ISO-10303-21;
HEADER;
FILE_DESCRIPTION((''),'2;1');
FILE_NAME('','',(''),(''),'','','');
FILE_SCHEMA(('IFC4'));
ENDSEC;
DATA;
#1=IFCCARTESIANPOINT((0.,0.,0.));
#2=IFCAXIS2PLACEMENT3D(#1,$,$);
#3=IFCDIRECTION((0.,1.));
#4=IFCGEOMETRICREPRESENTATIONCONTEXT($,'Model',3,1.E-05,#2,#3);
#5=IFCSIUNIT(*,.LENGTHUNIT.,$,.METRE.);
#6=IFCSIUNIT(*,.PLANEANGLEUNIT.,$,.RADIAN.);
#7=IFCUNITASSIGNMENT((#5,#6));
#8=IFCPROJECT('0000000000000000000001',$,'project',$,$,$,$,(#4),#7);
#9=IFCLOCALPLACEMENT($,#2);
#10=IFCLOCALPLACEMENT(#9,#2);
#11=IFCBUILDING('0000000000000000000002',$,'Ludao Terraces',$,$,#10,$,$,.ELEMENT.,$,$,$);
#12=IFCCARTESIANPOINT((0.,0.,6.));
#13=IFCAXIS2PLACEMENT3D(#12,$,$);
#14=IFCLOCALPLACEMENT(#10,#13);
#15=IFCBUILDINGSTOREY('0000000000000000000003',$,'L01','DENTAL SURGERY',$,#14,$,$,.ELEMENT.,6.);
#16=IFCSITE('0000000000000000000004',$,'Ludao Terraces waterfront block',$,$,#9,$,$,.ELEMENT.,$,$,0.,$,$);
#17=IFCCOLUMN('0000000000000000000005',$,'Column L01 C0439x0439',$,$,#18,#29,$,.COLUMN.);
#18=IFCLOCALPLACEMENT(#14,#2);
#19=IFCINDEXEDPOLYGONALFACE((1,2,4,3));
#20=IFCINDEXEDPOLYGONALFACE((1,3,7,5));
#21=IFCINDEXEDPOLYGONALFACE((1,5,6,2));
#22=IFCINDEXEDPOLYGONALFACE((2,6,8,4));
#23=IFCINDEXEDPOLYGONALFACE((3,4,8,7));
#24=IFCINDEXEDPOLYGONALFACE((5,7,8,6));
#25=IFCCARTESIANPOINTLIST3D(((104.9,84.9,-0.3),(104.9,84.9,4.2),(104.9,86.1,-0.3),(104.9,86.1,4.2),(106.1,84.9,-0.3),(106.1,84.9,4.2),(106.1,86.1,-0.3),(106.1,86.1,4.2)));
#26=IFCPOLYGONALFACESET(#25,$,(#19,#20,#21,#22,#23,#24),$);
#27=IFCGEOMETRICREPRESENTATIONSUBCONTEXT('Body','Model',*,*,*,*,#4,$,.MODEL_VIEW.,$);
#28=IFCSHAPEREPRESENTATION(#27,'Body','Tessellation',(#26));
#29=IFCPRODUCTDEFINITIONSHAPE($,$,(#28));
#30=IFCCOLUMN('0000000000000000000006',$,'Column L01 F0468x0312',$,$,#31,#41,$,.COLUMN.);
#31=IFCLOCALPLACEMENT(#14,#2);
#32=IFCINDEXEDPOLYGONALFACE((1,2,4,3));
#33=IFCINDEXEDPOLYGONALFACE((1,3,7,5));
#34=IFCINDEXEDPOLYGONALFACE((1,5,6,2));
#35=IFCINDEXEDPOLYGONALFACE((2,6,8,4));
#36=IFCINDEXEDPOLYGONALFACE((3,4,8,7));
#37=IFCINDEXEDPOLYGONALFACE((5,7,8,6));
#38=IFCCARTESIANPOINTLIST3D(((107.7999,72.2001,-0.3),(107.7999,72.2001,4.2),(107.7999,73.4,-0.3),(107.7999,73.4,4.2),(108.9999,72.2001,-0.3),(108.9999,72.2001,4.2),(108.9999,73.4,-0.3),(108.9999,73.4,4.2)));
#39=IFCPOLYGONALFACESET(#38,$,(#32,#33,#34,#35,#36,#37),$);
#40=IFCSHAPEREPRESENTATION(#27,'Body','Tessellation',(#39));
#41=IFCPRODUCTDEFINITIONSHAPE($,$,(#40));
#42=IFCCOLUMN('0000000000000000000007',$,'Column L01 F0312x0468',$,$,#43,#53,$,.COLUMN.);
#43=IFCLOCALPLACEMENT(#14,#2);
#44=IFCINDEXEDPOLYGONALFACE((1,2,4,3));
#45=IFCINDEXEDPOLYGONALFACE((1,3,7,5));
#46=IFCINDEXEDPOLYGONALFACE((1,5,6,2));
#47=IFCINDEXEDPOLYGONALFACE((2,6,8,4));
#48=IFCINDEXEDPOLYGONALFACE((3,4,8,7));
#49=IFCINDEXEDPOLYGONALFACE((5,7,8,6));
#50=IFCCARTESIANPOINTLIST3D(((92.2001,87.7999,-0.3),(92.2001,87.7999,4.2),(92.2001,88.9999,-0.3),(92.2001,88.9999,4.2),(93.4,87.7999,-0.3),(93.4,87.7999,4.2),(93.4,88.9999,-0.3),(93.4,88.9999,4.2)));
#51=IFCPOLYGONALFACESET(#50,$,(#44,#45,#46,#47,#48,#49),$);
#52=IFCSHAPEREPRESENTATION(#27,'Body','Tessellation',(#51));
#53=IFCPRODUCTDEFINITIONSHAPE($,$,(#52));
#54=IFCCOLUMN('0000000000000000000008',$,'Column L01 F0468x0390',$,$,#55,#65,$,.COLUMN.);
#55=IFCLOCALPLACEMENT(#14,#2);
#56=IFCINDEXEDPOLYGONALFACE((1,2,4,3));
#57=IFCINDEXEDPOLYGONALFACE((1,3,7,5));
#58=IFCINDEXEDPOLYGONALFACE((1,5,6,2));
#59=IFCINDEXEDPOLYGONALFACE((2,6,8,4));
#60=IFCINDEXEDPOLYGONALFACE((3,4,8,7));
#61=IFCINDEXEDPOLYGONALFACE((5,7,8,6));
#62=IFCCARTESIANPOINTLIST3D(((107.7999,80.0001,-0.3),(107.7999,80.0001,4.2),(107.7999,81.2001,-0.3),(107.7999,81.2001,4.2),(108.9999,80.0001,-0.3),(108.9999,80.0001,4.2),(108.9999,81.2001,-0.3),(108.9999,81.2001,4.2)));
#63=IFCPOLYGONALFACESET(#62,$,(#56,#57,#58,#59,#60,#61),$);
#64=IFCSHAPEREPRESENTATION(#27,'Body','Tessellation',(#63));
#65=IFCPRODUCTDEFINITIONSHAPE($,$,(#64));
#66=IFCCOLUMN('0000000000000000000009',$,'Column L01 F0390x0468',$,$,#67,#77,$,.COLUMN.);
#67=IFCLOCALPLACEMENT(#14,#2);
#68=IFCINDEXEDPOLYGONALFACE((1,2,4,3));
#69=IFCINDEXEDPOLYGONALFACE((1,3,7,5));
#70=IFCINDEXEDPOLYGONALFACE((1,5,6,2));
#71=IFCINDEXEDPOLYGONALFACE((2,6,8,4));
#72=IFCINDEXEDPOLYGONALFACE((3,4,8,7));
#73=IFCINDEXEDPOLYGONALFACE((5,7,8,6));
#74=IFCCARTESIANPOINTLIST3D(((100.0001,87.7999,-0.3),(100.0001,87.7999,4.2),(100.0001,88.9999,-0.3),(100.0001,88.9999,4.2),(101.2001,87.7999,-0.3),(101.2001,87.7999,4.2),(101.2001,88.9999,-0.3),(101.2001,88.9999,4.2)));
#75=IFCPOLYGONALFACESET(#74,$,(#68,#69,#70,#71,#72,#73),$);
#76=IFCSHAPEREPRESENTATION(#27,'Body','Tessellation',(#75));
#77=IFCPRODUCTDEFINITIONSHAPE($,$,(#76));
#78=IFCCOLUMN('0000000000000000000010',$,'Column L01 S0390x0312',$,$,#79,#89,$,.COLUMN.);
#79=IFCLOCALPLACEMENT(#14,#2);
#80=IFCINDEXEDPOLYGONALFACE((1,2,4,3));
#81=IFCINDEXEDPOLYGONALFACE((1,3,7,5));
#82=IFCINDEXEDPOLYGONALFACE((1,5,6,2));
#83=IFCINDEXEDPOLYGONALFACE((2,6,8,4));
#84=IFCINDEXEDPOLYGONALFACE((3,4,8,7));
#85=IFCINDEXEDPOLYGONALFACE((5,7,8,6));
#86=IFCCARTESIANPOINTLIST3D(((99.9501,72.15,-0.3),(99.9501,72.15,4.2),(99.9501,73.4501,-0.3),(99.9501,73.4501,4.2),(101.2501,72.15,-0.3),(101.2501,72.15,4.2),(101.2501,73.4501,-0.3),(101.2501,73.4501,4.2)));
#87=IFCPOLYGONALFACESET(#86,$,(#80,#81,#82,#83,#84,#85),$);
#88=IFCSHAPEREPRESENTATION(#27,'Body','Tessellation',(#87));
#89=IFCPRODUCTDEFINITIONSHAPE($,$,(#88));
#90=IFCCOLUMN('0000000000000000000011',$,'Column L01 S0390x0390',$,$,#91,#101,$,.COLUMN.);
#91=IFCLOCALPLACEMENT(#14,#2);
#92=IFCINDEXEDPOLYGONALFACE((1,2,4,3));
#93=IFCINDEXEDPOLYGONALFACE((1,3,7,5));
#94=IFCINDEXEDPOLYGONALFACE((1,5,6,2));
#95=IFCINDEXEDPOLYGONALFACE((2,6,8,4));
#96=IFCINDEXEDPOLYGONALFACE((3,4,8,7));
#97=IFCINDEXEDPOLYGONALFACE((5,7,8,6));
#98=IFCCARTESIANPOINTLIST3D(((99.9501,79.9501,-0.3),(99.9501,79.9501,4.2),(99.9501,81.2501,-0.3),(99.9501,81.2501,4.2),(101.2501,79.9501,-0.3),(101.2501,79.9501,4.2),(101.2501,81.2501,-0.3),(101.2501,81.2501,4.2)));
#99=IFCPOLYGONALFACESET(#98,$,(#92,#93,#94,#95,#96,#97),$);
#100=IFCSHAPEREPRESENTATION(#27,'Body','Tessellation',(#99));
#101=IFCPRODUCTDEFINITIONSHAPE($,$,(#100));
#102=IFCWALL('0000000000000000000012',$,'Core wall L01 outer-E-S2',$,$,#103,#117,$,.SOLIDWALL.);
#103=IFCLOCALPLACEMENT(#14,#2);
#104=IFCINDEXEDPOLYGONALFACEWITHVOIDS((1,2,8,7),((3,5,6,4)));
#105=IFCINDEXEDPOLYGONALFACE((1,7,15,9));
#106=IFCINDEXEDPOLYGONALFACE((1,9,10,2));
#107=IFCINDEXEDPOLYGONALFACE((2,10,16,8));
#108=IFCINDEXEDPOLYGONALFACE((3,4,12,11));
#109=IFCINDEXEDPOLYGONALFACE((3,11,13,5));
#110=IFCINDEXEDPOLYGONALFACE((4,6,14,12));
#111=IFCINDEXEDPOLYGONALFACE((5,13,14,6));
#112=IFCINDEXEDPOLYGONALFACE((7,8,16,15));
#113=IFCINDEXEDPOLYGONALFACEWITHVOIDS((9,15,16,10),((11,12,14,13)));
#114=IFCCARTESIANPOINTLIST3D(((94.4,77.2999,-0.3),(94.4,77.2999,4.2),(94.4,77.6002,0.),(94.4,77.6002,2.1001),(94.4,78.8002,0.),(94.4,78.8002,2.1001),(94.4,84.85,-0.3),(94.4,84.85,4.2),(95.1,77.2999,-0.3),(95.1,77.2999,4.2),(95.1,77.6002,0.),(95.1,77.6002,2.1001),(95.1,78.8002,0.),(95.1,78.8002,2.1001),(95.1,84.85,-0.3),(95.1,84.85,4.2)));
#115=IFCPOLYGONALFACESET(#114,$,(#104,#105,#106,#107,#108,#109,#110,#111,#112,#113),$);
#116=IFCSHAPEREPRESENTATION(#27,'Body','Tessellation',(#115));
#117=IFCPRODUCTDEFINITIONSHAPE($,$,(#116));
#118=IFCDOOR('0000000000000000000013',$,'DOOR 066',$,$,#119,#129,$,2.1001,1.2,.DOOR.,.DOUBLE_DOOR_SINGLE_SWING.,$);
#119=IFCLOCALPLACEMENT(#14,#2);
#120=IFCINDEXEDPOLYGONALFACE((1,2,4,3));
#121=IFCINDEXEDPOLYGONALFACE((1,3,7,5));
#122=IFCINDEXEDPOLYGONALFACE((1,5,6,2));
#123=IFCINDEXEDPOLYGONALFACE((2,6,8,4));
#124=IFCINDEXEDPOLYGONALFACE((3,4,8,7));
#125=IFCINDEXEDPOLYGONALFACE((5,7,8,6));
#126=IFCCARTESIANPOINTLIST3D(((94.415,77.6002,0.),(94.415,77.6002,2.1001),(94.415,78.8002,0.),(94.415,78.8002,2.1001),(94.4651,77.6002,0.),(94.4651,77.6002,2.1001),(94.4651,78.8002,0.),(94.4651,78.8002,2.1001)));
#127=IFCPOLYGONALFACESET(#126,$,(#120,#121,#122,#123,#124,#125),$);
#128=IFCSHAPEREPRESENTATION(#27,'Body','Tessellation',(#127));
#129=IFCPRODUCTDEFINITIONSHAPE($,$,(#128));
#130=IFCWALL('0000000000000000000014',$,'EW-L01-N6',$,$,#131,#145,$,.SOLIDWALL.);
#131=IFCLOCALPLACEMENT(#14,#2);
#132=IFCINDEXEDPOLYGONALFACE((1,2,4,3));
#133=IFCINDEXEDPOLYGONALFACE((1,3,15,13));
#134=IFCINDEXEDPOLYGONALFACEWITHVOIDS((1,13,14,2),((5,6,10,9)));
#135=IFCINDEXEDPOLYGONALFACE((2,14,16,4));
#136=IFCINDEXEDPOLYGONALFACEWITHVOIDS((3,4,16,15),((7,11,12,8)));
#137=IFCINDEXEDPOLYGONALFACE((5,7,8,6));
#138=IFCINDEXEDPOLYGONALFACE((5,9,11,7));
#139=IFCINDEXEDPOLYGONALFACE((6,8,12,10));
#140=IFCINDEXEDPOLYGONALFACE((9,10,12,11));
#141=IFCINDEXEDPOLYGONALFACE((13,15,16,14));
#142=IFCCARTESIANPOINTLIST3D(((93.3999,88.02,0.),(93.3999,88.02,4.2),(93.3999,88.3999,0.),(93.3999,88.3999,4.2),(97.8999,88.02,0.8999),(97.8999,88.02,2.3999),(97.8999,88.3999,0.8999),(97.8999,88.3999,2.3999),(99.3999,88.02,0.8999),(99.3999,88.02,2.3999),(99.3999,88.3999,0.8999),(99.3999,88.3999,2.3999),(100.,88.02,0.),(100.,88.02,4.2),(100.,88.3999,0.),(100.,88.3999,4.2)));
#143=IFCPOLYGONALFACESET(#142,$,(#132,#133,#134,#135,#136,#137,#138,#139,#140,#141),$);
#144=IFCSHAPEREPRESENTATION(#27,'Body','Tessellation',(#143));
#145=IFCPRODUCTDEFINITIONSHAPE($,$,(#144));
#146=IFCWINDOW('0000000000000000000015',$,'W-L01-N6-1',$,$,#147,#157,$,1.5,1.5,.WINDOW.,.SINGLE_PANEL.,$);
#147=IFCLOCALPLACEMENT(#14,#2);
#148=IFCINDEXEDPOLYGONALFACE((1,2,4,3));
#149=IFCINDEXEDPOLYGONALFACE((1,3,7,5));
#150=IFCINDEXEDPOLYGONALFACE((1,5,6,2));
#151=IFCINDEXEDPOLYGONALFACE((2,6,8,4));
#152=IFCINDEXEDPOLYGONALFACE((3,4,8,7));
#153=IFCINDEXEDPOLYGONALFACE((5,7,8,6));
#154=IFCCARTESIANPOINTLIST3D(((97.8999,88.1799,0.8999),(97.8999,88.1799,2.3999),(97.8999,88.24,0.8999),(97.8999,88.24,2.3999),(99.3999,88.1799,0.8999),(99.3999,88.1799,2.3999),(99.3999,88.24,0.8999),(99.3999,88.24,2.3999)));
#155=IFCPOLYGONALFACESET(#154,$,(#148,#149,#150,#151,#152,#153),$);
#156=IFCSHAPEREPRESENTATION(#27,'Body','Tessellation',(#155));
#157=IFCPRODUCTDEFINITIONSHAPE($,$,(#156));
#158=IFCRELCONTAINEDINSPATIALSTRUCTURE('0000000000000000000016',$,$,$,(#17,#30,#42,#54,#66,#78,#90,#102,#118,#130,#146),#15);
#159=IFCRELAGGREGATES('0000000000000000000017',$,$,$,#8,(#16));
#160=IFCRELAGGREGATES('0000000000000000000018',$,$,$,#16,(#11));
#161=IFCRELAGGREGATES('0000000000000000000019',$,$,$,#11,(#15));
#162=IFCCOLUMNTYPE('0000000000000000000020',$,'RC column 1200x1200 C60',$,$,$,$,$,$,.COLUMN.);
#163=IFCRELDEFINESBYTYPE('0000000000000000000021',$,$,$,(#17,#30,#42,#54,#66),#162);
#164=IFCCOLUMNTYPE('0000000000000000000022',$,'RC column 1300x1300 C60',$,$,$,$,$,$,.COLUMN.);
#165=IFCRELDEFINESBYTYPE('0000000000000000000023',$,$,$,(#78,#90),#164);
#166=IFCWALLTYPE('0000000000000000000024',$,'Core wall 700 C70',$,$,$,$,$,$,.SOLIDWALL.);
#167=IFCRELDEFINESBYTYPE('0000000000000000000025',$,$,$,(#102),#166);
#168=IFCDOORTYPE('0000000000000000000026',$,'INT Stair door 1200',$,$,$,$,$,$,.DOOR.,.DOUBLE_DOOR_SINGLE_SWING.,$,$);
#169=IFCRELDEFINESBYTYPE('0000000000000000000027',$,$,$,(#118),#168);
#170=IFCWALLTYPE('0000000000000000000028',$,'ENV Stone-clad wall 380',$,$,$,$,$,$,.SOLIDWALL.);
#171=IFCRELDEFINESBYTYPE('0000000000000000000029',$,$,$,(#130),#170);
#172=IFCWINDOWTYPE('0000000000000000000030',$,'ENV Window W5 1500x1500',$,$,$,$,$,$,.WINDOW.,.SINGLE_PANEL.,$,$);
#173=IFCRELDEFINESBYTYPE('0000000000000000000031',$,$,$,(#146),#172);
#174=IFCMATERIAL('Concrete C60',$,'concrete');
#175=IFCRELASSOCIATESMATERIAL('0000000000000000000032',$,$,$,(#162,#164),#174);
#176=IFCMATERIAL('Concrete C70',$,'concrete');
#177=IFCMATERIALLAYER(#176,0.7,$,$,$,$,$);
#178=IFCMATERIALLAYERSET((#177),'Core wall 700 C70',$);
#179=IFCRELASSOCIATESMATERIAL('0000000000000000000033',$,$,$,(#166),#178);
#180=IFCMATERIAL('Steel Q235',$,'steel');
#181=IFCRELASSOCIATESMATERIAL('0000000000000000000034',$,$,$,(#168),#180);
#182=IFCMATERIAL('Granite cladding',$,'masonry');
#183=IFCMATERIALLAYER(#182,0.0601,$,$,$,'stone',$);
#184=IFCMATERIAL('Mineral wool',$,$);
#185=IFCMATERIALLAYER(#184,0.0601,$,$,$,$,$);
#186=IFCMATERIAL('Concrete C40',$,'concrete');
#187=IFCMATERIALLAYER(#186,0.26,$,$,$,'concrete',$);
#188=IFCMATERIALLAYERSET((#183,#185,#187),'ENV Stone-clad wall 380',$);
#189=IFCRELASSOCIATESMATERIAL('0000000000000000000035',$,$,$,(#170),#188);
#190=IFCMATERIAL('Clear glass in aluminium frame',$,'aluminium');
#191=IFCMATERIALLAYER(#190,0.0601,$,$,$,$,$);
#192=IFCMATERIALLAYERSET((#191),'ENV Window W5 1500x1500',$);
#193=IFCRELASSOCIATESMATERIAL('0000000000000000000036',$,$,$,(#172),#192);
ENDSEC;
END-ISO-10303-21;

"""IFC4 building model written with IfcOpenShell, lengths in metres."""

from ifc_helpers import new_model, si_unit, direction, frame, frame_2d, origin, origin_2d, place, context, subcontext, project, spatial, rectangle, extrude, material, layer, layer_set, material_profile, profile_set, type_object, element, fill, save


model = new_model("IFC4")

# Units and contexts
model_context = context("Model", 3, precision=1e-05, world=origin(), true_north=direction((0.0, 1.0)))
body_context = subcontext(model_context, "Body", "Model", "MODEL_VIEW")
ifc_project = project(units=[si_unit("LENGTHUNIT", "METRE"), si_unit("PLANEANGLEUNIT", "RADIAN")], contexts=[model_context])

# Site, building, storey
site_placement = place(None, origin())
site = spatial("IfcSite", under=ifc_project, at=site_placement, Name="Ludao Terraces waterfront block", CompositionType="ELEMENT", RefElevation=0.0)
building_placement = place(site_placement, origin())
building = spatial("IfcBuilding", under=site, at=building_placement, Name="Ludao Terraces", CompositionType="ELEMENT")
storey_placement = place(building_placement, frame((0.0, 0.0, 6.0)))
storey = spatial("IfcBuildingStorey", under=building, at=storey_placement, Name="L01", Description="DENTAL SURGERY", CompositionType="ELEMENT", Elevation=6.0)

# Columns
ifc_material_1 = material(Name="Concrete C60", Category="concrete")
ifc_material_profile_1 = material_profile(ifc_material_1, rectangle(XDim=1.2, YDim=1.2, at=origin_2d()), Name="1200 X 1200")
ifc_profile_set_1 = profile_set([ifc_material_profile_1], Name="Concrete C60")
column_type_1 = type_object("IfcColumnType", Name="RC column 1200x1200 C60", PredefinedType="COLUMN", material=ifc_profile_set_1)
for number, where, z_axis, x_axis, name in (
    (1, (105.5, 85.5, -0.3), (0.0, 0.0, 1.0), (1.0, 0.0, 0.0), "Column L01 C0439x0439"),
    (2, (108.3999, 72.8, -0.3), (0.0, 0.0, 1.0), (1.0, 0.0, 0.0), "Column L01 F0468x0312"),
    (3, (92.8, 88.3999, -0.3), (0.0, 0.0, 1.0), (1.0, 0.0, 0.0), "Column L01 F0312x0468"),
    (4, (108.3999, 80.6001, -0.3), (0.0, 0.0, 1.0), (1.0, 0.0, 0.0), "Column L01 F0468x0390"),
    (5, (100.6001, 88.3999, -0.3), (0.0, 0.0, 1.0), (1.0, 0.0, 0.0), "Column L01 F0390x0468"),
):
    element("IfcColumn", number, at=place(storey_placement, frame(where, z_axis=z_axis, x_axis=x_axis)), inside=storey, type_object=column_type_1, Name=name, PredefinedType="COLUMN", context=body_context, shape_type="SweptSolid", body=[
        extrude(rectangle(XDim=1.2, YDim=1.2, at=origin_2d()), origin(), (0.0, 0.0, 1.0), 4.5),
    ])
ifc_material_profile_2 = material_profile(ifc_material_1, rectangle(XDim=1.3, YDim=1.3, at=origin_2d()), Name="1300 X 1300")
ifc_profile_set_2 = profile_set([ifc_material_profile_2], Name="Concrete C60")
column_type_2 = type_object("IfcColumnType", Name="RC column 1300x1300 C60", PredefinedType="COLUMN", material=ifc_profile_set_2)
for number, where, z_axis, x_axis, name in (
    (6, (100.6001, 72.8, -0.3), (0.0, 0.0, 1.0), (1.0, 0.0, 0.0), "Column L01 S0390x0312"),
    (7, (100.6001, 80.6001, -0.3), (0.0, 0.0, 1.0), (1.0, 0.0, 0.0), "Column L01 S0390x0390"),
):
    element("IfcColumn", number, at=place(storey_placement, frame(where, z_axis=z_axis, x_axis=x_axis)), inside=storey, type_object=column_type_2, Name=name, PredefinedType="COLUMN", context=body_context, shape_type="SweptSolid", body=[
        extrude(rectangle(XDim=1.3, YDim=1.3, at=origin_2d()), origin(), (0.0, 0.0, 1.0), 4.5),
    ])

# Wall, opening, door
ifc_material_2 = material(Name="Concrete C70", Category="concrete")
ifc_layer_1 = layer(ifc_material_2, 0.7)
ifc_layer_set_1 = layer_set([ifc_layer_1], Name="Core wall 700 C70")
wall_type_1 = type_object("IfcWallType", Name="Core wall 700 C70", PredefinedType="SOLIDWALL", material=ifc_layer_set_1)
wall_1_placement = place(storey_placement, frame((94.75, 77.3, -0.3), z_axis=(0.0, 0.0, 1.0), x_axis=(0.0, 1.0, 0.0)))
wall_1 = element("IfcWall", 8, at=wall_1_placement, inside=storey, type_object=wall_type_1, Name="Core wall L01 outer-E-S2", PredefinedType="SOLIDWALL", context=body_context, shape_type="SweptSolid", body=[
    extrude(rectangle(XDim=7.55, YDim=0.7, at=frame_2d((3.7749, 0.0))), origin(), (0.0, 0.0, 1.0), 4.5),
])
opening_1_placement = place(wall_1_placement, frame((0.3, 0.0, 0.3)))
opening_1 = element("IfcOpeningElement", 9, at=opening_1_placement, cuts=wall_1, PredefinedType="OPENING", context=body_context, shape_type="SweptSolid", body=[
    extrude(rectangle(XDim=1.2, YDim=2.1001, at=frame_2d((0.6001, 1.05))), frame((0.0, 0.3599, 0.0), z_axis=(0.0, -1.0, 0.0), x_axis=(1.0, 0.0, 0.0)), (0.0, 0.0, 1.0), 0.72),
])
ifc_material_3 = material(Name="Steel Q235", Category="steel")
door_type_1 = type_object("IfcDoorType", Name="INT Stair door 1200", OperationType="DOUBLE_DOOR_SINGLE_SWING", PredefinedType="DOOR", material=ifc_material_3)
door_1_placement = place(opening_1_placement, origin())
door_1 = element("IfcDoor", 10, at=door_1_placement, inside=storey, type_object=door_type_1, Name="DOOR 066", OperationType="DOUBLE_DOOR_SINGLE_SWING", OverallHeight=2.1001, OverallWidth=1.2, PredefinedType="DOOR", context=body_context, shape_type="SweptSolid", body=[
    extrude(rectangle(XDim=1.2, YDim=2.1001, at=frame_2d((0.6001, 1.05))), frame((0.0, 0.335, 0.0), z_axis=(0.0, -1.0, 0.0), x_axis=(1.0, 0.0, 0.0)), (0.0, 0.0, 1.0), 0.05),
])
fill(opening_1, door_1)

# Wall, opening, window
ifc_material_4 = material(Name="Granite cladding", Category="masonry")
ifc_layer_2 = layer(ifc_material_4, 0.0601, Category="stone")
ifc_material_5 = material(Name="Mineral wool")
ifc_layer_3 = layer(ifc_material_5, 0.0601)
ifc_material_6 = material(Name="Concrete C40", Category="concrete")
ifc_layer_4 = layer(ifc_material_6, 0.26, Category="concrete")
ifc_layer_set_2 = layer_set([ifc_layer_2, ifc_layer_3, ifc_layer_4], Name="ENV Stone-clad wall 380")
wall_type_2 = type_object("IfcWallType", Name="ENV Stone-clad wall 380", PredefinedType="SOLIDWALL", material=ifc_layer_set_2)
wall_2_placement = place(storey_placement, frame((93.3999, 88.21, 0.0), z_axis=(0.0, 0.0, 1.0), x_axis=(1.0, 0.0, 0.0)))
wall_2 = element("IfcWall", 11, at=wall_2_placement, inside=storey, type_object=wall_type_2, Name="EW-L01-N6", PredefinedType="SOLIDWALL", context=body_context, shape_type="SweptSolid", body=[
    extrude(rectangle(XDim=6.6001, YDim=0.3799, at=frame_2d((3.3, 0.0))), origin(), (0.0, 0.0, 1.0), 4.2),
])
opening_2_placement = place(wall_2_placement, frame((4.5, 0.0, 0.8999)))
opening_2 = element("IfcOpeningElement", 12, at=opening_2_placement, cuts=wall_2, PredefinedType="OPENING", context=body_context, shape_type="SweptSolid", body=[
    extrude(rectangle(XDim=1.5, YDim=1.5, at=frame_2d((0.75, 0.75))), frame((0.0, 0.2, 0.0), z_axis=(0.0, -1.0, 0.0), x_axis=(1.0, 0.0, 0.0)), (0.0, 0.0, 1.0), 0.3999),
])
ifc_material_7 = material(Name="Clear glass in aluminium frame", Category="aluminium")
ifc_layer_5 = layer(ifc_material_7, 0.0601)
ifc_layer_set_3 = layer_set([ifc_layer_5], Name="ENV Window W5 1500x1500")
window_type = type_object("IfcWindowType", Name="ENV Window W5 1500x1500", PartitioningType="SINGLE_PANEL", PredefinedType="WINDOW", material=ifc_layer_set_3)
window_1_placement = place(opening_2_placement, origin())
window_1 = element("IfcWindow", 13, at=window_1_placement, inside=storey, type_object=window_type, Name="W-L01-N6-1", OverallHeight=1.5, OverallWidth=1.5, PartitioningType="SINGLE_PANEL", PredefinedType="WINDOW", context=body_context, shape_type="SweptSolid", body=[
    extrude(rectangle(XDim=1.5, YDim=1.5, at=frame_2d((0.75, 0.75))), frame((0.0, 0.03, 0.0), z_axis=(0.0, -1.0, 0.0), x_axis=(1.0, 0.0, 0.0)), (0.0, 0.0, 1.0), 0.0601),
])
fill(opening_2, window_1)

save(model, "model.ifc")
